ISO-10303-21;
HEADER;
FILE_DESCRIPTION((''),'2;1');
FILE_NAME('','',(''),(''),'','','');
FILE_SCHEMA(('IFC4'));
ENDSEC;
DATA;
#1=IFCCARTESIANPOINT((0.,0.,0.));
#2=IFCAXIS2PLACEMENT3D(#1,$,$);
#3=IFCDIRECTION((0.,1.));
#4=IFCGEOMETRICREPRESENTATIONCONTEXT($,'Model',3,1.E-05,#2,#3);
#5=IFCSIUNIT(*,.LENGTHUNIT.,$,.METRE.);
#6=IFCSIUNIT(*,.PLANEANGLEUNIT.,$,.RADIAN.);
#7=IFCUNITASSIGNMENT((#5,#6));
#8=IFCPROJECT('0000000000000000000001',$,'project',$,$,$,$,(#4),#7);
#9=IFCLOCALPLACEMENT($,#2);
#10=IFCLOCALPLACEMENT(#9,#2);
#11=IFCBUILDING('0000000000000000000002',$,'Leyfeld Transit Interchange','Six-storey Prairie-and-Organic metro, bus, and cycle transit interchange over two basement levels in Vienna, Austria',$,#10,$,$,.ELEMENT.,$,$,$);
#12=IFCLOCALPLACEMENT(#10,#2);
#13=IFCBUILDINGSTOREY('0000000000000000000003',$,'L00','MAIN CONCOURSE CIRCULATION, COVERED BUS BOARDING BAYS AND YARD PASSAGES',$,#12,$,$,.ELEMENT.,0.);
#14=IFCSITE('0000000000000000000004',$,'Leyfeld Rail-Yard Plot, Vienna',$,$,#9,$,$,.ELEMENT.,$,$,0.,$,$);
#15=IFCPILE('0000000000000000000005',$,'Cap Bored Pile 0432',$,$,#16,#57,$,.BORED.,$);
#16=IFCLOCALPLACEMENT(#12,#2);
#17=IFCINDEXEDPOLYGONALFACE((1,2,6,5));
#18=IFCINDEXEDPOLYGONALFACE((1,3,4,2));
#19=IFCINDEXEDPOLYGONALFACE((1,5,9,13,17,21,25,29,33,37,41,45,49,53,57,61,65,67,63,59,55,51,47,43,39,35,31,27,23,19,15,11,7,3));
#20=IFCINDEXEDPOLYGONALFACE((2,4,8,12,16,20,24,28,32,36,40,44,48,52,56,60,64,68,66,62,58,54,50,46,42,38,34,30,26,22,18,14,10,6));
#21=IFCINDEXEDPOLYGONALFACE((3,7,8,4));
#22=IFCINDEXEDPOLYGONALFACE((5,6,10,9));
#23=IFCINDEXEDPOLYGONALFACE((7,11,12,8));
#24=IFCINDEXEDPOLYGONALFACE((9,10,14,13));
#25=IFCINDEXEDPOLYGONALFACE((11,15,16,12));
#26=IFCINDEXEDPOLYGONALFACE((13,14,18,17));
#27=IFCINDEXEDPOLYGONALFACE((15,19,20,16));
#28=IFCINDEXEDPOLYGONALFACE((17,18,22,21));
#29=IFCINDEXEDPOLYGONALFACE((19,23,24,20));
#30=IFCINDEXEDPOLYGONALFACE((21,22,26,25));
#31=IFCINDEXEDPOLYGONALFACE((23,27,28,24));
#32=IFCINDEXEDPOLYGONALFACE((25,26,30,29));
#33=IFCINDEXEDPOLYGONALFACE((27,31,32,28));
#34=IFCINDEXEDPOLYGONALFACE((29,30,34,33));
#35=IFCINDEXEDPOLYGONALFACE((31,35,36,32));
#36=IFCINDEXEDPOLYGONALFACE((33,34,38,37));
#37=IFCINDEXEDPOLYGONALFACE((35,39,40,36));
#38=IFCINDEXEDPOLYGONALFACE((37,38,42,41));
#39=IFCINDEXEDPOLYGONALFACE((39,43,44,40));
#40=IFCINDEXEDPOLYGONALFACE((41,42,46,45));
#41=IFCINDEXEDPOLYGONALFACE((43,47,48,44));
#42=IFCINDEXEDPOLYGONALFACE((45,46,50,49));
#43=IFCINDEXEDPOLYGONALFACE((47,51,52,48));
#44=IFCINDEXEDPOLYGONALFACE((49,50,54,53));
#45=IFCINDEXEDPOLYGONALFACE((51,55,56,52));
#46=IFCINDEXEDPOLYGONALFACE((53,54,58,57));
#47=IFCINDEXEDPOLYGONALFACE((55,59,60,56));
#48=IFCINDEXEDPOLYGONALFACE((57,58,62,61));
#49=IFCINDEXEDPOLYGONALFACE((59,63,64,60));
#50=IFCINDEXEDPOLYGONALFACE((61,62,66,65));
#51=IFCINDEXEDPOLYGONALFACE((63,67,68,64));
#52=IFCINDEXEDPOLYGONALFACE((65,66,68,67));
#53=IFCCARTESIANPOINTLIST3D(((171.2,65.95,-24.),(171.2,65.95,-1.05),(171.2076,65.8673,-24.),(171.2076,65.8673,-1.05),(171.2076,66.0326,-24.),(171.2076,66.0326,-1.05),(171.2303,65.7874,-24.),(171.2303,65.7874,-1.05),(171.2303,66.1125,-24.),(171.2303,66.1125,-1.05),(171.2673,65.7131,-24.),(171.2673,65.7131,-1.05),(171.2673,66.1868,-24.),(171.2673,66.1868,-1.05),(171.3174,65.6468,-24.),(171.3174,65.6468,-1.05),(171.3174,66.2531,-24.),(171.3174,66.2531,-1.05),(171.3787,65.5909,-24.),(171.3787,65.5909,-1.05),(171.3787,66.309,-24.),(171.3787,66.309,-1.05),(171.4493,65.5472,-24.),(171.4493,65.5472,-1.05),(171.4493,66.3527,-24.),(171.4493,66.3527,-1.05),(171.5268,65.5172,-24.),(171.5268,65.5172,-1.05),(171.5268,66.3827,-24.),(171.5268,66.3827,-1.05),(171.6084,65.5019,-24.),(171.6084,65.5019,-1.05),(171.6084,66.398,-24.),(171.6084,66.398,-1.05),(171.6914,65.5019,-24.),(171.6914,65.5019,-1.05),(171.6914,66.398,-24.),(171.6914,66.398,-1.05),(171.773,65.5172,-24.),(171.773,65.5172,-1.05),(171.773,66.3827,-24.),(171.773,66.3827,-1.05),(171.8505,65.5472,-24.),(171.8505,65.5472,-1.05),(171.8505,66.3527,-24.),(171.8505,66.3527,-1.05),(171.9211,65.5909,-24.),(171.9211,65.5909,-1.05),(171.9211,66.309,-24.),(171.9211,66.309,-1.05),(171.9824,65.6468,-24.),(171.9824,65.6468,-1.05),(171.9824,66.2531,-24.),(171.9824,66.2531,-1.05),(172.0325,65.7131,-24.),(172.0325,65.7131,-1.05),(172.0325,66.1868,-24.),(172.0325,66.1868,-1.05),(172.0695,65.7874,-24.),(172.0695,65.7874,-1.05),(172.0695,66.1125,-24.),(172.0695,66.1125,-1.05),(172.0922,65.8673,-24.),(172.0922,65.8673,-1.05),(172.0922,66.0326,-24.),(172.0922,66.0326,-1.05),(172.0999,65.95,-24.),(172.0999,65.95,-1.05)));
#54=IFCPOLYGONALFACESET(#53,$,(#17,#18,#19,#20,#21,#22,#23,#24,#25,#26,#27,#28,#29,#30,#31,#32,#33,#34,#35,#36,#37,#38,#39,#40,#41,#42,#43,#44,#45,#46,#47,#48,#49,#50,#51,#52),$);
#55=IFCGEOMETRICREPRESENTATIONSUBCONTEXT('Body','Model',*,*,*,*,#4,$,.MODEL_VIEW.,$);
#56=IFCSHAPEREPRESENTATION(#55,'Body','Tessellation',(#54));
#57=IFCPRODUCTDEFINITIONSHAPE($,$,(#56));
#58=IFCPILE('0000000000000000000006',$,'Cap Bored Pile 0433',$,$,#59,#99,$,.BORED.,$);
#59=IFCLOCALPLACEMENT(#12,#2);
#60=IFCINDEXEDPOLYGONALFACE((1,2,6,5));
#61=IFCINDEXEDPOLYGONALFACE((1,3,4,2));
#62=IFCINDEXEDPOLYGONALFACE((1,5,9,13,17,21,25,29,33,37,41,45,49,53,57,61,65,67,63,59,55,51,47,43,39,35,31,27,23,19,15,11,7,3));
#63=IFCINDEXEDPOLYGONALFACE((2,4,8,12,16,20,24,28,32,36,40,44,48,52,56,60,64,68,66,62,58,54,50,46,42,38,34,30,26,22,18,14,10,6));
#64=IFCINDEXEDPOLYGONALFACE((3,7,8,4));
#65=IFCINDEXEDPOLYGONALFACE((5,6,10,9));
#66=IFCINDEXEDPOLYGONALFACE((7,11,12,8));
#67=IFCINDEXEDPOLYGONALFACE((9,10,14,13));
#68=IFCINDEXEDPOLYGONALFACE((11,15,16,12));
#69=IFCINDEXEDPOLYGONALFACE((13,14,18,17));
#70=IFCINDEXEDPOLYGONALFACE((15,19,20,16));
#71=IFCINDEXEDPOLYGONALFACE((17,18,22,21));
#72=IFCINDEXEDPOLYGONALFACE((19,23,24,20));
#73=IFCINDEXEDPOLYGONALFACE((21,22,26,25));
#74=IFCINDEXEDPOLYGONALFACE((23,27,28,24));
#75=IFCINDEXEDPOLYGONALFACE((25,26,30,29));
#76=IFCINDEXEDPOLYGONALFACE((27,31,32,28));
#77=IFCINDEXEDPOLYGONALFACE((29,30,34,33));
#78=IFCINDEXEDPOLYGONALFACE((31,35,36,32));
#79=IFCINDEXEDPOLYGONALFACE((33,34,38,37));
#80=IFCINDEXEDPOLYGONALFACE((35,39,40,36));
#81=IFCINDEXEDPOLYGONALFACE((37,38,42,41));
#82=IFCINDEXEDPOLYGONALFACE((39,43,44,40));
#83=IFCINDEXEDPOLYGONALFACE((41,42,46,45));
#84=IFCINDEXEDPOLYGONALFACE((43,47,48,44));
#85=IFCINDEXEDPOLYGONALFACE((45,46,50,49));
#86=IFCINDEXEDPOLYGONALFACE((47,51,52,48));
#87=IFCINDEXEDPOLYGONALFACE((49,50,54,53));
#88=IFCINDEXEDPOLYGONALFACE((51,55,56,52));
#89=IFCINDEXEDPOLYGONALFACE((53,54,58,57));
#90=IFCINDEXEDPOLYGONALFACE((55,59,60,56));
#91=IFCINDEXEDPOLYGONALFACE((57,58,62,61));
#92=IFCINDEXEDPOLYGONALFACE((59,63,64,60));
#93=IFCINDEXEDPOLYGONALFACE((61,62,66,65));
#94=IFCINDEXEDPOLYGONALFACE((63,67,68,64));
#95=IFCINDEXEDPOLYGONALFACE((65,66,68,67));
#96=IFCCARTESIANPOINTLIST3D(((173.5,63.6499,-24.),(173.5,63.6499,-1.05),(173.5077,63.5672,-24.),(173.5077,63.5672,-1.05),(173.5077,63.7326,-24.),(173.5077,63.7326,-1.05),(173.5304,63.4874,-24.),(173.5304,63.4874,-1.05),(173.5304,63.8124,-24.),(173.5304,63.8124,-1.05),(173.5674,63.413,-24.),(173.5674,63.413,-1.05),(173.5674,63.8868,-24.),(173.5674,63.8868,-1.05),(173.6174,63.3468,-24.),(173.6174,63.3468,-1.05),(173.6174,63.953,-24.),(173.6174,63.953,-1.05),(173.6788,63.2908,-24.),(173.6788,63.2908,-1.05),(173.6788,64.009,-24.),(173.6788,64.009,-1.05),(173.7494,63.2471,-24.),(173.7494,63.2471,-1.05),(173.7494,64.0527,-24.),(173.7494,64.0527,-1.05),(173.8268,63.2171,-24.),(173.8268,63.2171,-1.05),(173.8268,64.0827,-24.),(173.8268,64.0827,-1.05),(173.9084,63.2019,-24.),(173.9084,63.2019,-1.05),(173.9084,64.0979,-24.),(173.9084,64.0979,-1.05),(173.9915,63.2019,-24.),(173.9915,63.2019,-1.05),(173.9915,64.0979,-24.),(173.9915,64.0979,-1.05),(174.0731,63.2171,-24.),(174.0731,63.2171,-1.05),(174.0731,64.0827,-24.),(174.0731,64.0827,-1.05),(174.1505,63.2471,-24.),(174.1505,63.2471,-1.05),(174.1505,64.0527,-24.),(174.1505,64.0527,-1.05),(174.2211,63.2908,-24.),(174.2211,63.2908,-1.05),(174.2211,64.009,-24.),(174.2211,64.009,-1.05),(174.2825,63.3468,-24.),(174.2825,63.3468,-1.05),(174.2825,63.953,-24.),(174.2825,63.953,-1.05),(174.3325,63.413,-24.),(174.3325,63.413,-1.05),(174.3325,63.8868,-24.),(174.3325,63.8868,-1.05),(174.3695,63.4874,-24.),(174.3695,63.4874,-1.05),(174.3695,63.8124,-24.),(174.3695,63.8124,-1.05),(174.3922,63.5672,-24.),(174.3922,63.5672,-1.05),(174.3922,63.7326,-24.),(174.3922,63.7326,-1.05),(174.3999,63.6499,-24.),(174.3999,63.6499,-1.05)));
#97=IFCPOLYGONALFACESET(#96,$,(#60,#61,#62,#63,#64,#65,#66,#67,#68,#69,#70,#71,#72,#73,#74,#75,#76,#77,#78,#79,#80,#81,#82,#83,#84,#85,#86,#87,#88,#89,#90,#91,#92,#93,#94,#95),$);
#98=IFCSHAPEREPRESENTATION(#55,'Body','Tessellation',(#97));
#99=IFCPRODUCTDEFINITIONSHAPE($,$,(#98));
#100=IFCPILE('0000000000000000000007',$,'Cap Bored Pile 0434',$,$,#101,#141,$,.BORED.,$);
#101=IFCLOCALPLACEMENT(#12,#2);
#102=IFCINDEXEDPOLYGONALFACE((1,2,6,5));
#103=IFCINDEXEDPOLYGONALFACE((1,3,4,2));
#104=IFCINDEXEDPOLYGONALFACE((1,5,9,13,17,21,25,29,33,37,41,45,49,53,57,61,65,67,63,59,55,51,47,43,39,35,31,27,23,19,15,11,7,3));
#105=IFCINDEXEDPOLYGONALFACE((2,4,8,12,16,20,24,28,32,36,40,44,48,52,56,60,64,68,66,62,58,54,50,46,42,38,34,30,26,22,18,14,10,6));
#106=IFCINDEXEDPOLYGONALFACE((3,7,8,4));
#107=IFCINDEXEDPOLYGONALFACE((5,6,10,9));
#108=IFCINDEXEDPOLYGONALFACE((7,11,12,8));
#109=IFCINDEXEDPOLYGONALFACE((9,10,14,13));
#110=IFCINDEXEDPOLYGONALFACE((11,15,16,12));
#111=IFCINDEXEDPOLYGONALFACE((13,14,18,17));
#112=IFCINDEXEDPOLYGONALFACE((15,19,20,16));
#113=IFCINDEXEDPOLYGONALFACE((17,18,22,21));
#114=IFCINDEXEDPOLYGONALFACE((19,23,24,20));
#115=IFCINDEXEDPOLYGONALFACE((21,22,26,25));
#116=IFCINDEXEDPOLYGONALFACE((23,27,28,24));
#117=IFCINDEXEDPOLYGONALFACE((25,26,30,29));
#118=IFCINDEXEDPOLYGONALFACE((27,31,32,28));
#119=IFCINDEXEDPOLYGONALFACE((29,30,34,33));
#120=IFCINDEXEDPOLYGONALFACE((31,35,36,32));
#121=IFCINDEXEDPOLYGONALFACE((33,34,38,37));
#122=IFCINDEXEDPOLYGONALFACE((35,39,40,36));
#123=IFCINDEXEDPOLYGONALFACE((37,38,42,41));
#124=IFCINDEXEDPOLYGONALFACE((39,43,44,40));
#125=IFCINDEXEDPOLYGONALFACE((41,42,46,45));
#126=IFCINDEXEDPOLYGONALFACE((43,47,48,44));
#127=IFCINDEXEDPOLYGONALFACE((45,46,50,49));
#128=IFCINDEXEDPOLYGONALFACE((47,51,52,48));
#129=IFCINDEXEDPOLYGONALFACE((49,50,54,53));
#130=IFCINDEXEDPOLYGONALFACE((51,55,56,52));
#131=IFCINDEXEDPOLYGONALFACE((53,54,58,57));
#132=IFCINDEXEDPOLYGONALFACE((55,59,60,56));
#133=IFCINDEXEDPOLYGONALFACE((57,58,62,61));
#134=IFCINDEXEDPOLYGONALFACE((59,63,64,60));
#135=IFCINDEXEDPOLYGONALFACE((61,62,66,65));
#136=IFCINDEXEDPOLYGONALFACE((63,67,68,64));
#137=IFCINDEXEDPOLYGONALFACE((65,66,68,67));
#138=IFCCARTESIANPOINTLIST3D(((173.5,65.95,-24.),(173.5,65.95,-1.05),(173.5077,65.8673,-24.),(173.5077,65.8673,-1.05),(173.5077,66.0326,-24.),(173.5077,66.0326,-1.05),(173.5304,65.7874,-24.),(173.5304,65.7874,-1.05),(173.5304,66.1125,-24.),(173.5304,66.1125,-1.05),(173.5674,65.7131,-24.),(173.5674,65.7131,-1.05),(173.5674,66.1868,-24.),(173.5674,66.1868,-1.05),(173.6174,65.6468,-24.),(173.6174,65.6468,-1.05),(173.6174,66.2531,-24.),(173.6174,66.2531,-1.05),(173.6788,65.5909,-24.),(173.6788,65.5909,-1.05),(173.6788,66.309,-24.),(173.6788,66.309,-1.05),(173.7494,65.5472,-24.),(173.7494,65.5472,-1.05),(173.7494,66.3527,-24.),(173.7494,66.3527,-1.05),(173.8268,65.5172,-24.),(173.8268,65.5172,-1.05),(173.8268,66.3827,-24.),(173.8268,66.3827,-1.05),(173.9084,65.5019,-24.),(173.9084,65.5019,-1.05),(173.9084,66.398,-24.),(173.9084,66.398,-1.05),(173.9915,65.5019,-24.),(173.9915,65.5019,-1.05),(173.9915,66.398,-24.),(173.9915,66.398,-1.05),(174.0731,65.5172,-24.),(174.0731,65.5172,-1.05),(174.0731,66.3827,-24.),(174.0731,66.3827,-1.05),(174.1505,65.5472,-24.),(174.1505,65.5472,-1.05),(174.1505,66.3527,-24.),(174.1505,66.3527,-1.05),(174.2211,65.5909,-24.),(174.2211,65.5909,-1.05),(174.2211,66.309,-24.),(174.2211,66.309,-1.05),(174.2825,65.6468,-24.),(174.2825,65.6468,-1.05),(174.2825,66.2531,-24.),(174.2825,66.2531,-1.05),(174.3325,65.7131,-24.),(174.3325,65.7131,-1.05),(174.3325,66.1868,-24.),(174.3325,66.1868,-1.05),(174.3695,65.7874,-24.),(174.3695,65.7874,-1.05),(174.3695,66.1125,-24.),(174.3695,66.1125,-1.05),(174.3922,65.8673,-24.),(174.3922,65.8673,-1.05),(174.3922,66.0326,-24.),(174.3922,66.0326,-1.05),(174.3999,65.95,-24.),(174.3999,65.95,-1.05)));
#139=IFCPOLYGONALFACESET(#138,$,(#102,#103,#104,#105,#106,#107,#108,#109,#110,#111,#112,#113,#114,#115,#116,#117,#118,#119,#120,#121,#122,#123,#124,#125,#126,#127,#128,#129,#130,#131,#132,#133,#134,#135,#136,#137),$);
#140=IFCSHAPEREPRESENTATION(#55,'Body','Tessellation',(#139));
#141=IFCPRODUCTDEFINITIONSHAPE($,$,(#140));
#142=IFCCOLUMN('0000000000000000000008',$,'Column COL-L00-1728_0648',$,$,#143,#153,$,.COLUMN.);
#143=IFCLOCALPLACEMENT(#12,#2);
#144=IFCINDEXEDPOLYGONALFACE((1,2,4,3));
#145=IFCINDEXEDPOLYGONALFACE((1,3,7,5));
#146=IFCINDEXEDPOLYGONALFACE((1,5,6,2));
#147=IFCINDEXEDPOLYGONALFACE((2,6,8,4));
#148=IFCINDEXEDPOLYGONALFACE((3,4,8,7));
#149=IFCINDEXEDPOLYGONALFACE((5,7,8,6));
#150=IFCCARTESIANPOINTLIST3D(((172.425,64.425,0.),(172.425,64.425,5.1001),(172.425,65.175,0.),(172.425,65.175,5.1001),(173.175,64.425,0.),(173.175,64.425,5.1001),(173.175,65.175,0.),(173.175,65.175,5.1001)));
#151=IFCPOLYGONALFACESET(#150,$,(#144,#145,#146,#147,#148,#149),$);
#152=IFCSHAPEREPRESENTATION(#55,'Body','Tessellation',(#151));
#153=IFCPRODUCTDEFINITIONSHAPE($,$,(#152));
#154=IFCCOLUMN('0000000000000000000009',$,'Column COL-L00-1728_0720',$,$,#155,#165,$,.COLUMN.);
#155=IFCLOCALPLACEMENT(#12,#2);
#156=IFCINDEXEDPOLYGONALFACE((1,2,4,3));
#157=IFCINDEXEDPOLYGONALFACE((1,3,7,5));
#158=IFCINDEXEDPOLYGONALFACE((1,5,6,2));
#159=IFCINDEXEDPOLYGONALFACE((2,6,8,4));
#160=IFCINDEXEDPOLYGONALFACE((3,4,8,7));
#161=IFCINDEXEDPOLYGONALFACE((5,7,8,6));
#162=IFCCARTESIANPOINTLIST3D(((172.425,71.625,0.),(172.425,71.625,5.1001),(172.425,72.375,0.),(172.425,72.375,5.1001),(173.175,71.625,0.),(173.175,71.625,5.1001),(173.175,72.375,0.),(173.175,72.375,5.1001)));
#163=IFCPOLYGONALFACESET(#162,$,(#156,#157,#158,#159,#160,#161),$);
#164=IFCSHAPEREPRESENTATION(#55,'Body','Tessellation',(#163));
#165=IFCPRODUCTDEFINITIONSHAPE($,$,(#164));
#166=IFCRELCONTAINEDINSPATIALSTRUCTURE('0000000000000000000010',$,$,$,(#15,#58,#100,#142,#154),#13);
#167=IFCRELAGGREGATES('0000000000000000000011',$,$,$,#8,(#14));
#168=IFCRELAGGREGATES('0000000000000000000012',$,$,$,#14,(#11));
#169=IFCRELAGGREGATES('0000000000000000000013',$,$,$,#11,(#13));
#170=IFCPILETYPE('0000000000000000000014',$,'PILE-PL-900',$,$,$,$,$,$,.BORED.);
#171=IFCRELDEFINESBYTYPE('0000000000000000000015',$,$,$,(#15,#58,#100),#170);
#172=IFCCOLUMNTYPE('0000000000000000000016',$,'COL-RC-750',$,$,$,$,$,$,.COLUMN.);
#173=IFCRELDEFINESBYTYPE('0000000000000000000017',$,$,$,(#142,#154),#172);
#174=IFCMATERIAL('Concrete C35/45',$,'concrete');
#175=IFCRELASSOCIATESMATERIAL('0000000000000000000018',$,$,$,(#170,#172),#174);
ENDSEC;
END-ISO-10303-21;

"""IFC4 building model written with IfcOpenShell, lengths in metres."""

from ifc_helpers import new_model, si_unit, direction, frame, origin, origin_2d, place, context, subcontext, project, spatial, rectangle, circle, extrude, material, material_profile, profile_set, type_object, element, save


model = new_model("IFC4")

# Units and contexts
model_context = context("Model", 3, precision=1e-05, world=origin(), true_north=direction((0.0, 1.0)))
body_context = subcontext(model_context, "Body", "Model", "MODEL_VIEW")
ifc_project = project(units=[si_unit("LENGTHUNIT", "METRE"), si_unit("PLANEANGLEUNIT", "RADIAN")], contexts=[model_context])

# Site, building, storey
site_placement = place(None, origin())
site = spatial("IfcSite", under=ifc_project, at=site_placement, Name="Leyfeld Rail-Yard Plot, Vienna", CompositionType="ELEMENT", RefElevation=0.0)
building_placement = place(site_placement, origin())
building = spatial("IfcBuilding", under=site, at=building_placement, Name="Leyfeld Transit Interchange", Description="Six-storey Prairie-and-Organic metro, bus, and cycle transit interchange over two basement levels in Vienna, Austria", CompositionType="ELEMENT")
storey_placement = place(building_placement, origin())
storey = spatial("IfcBuildingStorey", under=building, at=storey_placement, Name="L00", Description="MAIN CONCOURSE CIRCULATION, COVERED BUS BOARDING BAYS AND YARD PASSAGES", CompositionType="ELEMENT", Elevation=0.0)

# Shared definitions
ifc_material_1 = material(Name="Concrete C35/45", Category="concrete")

# Piles
ifc_material_profile_1 = material_profile(ifc_material_1, circle(Radius=0.45, at=origin_2d()), Name="PILE D900")
ifc_profile_set_1 = profile_set([ifc_material_profile_1], Name="Concrete C35/45")
pile_type = type_object("IfcPileType", Name="PILE-PL-900", PredefinedType="BORED", material=ifc_profile_set_1)
for number, where, z_axis, x_axis, name in (
    (1, (171.6499, 65.95, -1.05), (0.0, 0.0, -1.0), (1.0, 0.0, 0.0), "Cap Bored Pile 0432"),
    (2, (173.95, 63.6499, -1.05), (0.0, 0.0, -1.0), (1.0, 0.0, 0.0), "Cap Bored Pile 0433"),
    (3, (173.95, 65.95, -1.05), (0.0, 0.0, -1.0), (1.0, 0.0, 0.0), "Cap Bored Pile 0434"),
):
    element("IfcPile", number, at=place(storey_placement, frame(where, z_axis=z_axis, x_axis=x_axis)), inside=storey, type_object=pile_type, Name=name, PredefinedType="BORED", context=body_context, shape_type="SweptSolid", body=[
        extrude(circle(Radius=0.45, at=origin_2d()), origin(), (0.0, 0.0, 1.0), 22.95),
    ])

# Columns
ifc_material_profile_2 = material_profile(ifc_material_1, rectangle(XDim=0.75, YDim=0.75, at=origin_2d()), Name="RC 750x750")
ifc_profile_set_2 = profile_set([ifc_material_profile_2], Name="Concrete C35/45")
column_type = type_object("IfcColumnType", Name="COL-RC-750", PredefinedType="COLUMN", material=ifc_profile_set_2)
for number, where, z_axis, x_axis, name in (
    (4, (172.8, 64.8, 0.0), (0.0, 0.0, 1.0), (1.0, 0.0, 0.0), "Column COL-L00-1728_0648"),
    (5, (172.8, 72.0, 0.0), (0.0, 0.0, 1.0), (1.0, 0.0, 0.0), "Column COL-L00-1728_0720"),
):
    element("IfcColumn", number, at=place(storey_placement, frame(where, z_axis=z_axis, x_axis=x_axis)), inside=storey, type_object=column_type, Name=name, PredefinedType="COLUMN", context=body_context, shape_type="SweptSolid", body=[
        extrude(rectangle(XDim=0.75, YDim=0.75, at=origin_2d()), origin(), (0.0, 0.0, 1.0), 5.1001),
    ])

save(model, "model.ifc")
